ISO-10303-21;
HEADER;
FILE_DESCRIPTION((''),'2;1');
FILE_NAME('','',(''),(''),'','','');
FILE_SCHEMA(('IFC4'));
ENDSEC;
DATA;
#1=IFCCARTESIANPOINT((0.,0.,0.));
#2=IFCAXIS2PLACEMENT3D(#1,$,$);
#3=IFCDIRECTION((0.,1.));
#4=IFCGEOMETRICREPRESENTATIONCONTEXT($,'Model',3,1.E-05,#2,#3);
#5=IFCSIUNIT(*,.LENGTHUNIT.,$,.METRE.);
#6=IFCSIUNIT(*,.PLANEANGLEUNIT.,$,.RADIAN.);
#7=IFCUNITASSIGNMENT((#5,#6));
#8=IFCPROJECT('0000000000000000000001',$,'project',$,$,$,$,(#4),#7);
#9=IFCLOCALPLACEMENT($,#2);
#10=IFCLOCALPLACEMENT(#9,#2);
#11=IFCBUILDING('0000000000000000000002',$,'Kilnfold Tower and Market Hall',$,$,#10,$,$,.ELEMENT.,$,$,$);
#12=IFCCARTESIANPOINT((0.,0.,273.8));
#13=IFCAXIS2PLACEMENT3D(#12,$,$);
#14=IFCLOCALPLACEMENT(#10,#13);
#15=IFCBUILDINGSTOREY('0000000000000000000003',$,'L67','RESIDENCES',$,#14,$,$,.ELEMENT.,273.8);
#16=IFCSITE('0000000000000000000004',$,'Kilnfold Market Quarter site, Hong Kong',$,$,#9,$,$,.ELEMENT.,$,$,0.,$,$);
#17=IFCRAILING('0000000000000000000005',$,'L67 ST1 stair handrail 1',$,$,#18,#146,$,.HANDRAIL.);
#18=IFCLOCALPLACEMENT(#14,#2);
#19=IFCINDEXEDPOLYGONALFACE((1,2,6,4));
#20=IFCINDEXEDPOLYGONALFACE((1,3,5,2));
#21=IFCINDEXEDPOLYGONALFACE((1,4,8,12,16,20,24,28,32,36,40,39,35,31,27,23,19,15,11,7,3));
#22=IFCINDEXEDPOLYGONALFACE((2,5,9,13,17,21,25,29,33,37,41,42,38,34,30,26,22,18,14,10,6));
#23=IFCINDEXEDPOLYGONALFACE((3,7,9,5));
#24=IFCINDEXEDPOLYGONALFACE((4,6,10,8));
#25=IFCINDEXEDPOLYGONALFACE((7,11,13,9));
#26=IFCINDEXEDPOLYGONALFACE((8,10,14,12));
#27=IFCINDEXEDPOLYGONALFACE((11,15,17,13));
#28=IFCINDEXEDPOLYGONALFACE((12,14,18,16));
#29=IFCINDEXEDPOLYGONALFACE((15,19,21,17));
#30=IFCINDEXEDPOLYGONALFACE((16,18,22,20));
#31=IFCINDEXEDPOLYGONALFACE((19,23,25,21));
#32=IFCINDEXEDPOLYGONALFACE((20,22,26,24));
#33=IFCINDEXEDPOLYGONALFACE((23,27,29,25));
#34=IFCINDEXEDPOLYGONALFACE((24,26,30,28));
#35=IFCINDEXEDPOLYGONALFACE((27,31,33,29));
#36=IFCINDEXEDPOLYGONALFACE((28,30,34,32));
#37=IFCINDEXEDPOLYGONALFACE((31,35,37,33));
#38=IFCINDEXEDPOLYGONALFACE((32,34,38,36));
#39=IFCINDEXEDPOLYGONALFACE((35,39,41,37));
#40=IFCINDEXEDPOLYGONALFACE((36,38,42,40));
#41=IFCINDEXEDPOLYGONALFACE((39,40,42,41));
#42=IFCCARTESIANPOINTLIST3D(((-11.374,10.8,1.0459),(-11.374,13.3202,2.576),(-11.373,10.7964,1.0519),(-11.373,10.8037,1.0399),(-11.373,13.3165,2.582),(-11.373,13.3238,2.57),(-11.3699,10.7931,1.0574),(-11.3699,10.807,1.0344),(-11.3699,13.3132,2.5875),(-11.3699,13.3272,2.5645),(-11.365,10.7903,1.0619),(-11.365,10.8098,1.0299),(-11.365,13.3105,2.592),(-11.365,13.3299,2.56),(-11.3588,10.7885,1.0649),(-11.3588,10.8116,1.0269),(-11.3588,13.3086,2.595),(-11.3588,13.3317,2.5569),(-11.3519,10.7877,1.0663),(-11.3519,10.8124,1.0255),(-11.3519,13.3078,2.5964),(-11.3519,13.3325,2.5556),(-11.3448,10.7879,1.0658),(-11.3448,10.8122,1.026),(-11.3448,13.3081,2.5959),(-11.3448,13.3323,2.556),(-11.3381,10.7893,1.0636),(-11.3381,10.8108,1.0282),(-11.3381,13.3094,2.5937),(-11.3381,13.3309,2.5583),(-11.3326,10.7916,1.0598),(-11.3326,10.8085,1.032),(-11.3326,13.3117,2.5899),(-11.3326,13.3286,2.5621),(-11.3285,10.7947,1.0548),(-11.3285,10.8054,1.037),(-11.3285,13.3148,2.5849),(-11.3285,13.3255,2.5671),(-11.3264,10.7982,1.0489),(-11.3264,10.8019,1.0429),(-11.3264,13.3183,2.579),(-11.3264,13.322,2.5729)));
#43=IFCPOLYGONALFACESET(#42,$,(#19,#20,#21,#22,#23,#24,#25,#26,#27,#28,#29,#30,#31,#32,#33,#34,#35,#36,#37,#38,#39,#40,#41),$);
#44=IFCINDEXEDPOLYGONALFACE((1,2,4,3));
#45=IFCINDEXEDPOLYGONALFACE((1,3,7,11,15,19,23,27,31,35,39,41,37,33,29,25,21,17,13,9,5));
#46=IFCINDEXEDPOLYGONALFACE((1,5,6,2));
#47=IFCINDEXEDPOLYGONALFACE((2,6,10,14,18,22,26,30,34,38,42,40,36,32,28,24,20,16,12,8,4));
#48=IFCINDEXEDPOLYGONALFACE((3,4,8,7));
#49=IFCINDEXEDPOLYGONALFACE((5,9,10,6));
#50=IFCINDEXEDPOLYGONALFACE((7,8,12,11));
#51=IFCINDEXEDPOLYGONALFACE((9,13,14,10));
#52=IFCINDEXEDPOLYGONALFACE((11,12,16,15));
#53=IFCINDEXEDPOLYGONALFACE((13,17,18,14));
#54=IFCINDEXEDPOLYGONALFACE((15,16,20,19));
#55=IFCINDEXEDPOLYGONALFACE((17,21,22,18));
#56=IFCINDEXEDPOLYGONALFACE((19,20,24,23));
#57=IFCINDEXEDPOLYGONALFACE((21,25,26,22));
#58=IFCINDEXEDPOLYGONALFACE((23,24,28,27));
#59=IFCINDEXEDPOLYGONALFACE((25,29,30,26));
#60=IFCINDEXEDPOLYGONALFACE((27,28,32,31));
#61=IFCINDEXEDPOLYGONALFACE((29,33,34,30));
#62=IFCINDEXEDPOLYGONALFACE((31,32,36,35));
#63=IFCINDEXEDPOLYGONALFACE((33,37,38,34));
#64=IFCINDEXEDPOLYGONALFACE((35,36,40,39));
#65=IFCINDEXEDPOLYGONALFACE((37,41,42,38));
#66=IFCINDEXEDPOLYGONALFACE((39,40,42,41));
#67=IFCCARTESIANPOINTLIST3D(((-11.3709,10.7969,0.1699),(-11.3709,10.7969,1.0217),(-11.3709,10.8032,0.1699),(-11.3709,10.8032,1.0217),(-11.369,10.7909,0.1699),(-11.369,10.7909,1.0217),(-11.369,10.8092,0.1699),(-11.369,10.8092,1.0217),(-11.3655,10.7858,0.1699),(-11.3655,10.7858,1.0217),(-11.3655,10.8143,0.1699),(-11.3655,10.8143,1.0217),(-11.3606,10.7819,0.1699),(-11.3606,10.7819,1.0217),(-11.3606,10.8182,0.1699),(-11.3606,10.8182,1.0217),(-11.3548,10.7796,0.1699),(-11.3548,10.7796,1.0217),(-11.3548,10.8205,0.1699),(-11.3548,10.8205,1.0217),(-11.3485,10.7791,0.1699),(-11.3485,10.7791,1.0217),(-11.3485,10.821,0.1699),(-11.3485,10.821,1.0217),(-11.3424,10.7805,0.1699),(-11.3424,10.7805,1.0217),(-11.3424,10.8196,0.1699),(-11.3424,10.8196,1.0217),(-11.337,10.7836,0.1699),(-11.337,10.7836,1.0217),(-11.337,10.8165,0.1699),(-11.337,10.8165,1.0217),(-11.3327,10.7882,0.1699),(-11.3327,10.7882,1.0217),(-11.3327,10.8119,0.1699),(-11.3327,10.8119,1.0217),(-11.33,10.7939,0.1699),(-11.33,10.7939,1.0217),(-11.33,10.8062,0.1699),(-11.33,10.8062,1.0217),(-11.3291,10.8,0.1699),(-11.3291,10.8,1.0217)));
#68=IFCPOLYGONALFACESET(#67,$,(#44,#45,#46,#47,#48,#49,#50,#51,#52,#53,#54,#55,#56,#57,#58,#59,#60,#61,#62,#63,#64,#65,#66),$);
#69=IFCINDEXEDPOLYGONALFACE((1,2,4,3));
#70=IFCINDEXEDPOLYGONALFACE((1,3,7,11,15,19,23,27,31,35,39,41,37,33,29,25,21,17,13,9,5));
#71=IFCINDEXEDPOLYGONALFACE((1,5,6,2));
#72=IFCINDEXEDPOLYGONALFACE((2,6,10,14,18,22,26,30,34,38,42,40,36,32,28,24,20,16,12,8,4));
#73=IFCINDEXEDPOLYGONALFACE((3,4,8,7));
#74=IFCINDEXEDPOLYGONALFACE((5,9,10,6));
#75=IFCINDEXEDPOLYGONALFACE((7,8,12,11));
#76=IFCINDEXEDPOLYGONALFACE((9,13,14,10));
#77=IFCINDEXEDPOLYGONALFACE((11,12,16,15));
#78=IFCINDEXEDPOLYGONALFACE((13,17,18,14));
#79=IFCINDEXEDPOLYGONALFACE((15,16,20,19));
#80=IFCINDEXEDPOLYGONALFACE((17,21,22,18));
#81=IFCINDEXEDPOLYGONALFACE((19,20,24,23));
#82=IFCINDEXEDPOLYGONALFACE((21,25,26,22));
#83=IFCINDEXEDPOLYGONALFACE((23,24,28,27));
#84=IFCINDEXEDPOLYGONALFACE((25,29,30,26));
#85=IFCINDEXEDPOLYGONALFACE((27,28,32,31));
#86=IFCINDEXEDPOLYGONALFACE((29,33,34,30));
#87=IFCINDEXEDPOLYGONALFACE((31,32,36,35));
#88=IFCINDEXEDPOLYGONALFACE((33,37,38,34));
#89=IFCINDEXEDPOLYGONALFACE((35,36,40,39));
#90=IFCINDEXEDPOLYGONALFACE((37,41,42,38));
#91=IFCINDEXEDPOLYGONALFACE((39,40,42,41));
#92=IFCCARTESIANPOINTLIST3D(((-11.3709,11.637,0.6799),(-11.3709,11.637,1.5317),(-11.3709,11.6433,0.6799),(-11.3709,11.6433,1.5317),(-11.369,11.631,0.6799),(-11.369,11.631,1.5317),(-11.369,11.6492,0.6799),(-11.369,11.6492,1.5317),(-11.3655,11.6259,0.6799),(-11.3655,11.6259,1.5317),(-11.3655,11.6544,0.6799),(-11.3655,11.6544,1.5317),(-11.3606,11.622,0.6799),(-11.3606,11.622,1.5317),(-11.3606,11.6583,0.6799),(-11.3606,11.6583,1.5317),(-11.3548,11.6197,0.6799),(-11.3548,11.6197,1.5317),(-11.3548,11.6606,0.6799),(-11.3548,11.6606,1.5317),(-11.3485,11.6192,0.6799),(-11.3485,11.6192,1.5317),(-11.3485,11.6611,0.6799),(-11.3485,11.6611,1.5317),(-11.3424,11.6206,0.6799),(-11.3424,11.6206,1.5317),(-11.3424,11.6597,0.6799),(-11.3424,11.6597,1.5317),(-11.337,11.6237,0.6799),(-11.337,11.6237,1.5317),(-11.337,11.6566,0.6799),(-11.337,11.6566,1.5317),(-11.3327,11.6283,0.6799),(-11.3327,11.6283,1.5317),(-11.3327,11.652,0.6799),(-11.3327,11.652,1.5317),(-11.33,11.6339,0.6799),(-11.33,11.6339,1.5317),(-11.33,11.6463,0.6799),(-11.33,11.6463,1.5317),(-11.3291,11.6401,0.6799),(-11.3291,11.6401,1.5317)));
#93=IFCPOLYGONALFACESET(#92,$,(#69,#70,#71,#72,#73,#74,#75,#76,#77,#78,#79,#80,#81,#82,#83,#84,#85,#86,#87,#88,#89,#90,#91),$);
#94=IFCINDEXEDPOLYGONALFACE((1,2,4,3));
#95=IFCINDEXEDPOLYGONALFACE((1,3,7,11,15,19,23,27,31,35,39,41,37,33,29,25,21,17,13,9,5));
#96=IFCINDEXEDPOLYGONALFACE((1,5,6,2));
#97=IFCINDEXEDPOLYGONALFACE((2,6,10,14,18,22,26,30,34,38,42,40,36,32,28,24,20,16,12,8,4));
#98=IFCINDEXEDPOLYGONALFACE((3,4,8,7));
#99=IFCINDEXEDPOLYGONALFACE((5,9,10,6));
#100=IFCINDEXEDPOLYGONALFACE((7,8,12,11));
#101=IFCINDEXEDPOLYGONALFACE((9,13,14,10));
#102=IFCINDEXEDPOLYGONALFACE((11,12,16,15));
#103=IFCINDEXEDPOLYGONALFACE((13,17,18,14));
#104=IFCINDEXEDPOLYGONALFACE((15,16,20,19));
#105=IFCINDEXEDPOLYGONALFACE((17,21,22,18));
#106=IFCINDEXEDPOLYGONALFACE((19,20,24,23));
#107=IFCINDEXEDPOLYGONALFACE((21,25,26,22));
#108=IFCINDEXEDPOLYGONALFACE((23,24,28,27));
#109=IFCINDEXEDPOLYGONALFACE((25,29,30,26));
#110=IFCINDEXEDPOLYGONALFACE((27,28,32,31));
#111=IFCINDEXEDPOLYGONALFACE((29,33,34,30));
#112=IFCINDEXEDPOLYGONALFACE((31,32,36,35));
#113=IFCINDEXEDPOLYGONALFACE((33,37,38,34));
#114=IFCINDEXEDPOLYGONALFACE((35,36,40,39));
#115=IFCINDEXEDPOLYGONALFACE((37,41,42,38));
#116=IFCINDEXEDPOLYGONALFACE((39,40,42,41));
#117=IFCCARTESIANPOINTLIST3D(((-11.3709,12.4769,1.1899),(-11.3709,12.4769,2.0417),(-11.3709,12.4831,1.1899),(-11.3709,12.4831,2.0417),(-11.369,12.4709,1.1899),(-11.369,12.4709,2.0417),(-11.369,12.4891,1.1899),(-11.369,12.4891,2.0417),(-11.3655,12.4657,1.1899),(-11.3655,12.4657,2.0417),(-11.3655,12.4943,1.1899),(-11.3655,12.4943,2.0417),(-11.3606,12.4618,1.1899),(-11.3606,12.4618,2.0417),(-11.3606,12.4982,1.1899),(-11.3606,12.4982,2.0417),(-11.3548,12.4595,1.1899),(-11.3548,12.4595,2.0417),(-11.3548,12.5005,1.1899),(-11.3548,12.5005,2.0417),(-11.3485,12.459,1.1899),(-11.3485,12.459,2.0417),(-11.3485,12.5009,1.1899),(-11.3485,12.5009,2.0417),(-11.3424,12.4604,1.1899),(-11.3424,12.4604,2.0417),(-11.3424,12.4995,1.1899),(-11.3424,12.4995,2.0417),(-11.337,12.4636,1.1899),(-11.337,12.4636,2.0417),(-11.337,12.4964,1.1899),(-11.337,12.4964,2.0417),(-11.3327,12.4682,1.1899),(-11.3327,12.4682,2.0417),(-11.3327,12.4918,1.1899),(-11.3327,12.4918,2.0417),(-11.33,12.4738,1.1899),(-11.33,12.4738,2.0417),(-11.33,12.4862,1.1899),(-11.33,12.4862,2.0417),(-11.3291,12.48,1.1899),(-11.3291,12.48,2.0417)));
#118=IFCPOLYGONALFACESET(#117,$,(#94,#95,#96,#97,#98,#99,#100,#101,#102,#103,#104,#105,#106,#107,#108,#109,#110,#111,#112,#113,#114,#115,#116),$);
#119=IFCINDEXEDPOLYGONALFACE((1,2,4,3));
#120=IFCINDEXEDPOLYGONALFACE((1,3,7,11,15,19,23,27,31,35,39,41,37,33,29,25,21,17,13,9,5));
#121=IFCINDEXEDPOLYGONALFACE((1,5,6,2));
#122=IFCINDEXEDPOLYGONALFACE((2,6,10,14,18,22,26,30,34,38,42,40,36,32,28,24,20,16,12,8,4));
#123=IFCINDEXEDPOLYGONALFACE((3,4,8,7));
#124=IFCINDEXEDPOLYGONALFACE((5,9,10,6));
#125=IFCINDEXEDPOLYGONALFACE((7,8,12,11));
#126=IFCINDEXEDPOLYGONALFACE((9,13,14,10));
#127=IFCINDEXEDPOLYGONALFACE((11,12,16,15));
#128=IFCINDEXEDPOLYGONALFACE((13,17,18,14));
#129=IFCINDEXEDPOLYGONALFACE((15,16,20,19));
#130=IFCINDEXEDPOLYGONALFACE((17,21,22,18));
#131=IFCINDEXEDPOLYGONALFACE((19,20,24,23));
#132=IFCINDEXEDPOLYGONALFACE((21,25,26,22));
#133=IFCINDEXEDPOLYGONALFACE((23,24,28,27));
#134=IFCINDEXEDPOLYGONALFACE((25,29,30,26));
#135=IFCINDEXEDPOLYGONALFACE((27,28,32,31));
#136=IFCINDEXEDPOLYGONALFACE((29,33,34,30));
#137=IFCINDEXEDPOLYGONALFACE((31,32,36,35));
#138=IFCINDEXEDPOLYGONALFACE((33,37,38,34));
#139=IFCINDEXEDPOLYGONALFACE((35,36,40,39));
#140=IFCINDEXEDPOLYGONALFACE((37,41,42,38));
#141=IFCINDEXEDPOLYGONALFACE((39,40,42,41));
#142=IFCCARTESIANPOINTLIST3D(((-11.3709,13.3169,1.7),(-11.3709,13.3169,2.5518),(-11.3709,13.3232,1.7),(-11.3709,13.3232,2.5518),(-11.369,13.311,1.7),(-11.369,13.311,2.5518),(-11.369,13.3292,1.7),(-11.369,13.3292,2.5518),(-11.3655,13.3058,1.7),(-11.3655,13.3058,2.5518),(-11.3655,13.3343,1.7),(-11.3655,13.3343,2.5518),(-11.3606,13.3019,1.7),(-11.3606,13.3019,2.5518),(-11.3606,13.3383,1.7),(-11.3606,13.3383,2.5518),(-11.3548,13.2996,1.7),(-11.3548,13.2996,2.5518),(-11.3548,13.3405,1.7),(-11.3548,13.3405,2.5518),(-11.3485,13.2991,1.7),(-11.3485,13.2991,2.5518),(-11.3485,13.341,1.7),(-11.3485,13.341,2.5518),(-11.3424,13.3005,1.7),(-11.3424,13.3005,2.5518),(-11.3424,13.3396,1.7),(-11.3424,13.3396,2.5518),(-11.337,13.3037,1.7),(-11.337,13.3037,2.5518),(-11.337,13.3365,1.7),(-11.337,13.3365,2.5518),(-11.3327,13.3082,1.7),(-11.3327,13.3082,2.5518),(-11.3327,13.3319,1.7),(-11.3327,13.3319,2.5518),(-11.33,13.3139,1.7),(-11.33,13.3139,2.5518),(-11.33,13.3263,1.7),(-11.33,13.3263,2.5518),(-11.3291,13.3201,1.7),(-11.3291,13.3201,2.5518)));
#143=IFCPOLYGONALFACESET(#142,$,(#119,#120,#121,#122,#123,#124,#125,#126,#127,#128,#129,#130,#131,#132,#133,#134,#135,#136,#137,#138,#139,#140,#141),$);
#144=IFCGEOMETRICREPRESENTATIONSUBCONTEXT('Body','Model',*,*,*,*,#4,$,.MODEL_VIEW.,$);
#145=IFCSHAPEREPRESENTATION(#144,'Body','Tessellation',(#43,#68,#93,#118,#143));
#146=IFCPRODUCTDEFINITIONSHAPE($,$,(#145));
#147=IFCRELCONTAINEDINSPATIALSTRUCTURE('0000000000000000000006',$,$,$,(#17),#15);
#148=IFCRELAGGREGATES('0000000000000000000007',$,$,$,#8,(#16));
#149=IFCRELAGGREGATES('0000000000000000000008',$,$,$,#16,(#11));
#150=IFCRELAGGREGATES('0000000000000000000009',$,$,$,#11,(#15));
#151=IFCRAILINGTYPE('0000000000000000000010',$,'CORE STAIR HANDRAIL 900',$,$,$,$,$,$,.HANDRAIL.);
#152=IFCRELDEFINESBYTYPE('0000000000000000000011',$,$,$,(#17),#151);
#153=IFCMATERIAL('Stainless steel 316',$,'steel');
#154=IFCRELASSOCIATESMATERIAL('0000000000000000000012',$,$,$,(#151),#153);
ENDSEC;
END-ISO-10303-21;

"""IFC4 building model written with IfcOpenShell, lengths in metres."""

from ifc_helpers import new_model, si_unit, direction, frame, origin, origin_2d, place, context, subcontext, project, spatial, circle, extrude, material, type_object, element, save


model = new_model("IFC4")

# Units and contexts
model_context = context("Model", 3, precision=1e-05, world=origin(), true_north=direction((0.0, 1.0)))
body_context = subcontext(model_context, "Body", "Model", "MODEL_VIEW")
ifc_project = project(units=[si_unit("LENGTHUNIT", "METRE"), si_unit("PLANEANGLEUNIT", "RADIAN")], contexts=[model_context])

# Site, building, storey
site_placement = place(None, origin())
site = spatial("IfcSite", under=ifc_project, at=site_placement, Name="Kilnfold Market Quarter site, Hong Kong", CompositionType="ELEMENT", RefElevation=0.0)
building_placement = place(site_placement, origin())
building = spatial("IfcBuilding", under=site, at=building_placement, Name="Kilnfold Tower and Market Hall", CompositionType="ELEMENT")
storey_placement = place(building_placement, frame((0.0, 0.0, 273.8)))
storey = spatial("IfcBuildingStorey", under=building, at=storey_placement, Name="L67", Description="RESIDENCES", CompositionType="ELEMENT", Elevation=273.8)

# Railing
ifc_material_1 = material(Name="Stainless steel 316", Category="steel")
railing_type_1 = type_object("IfcRailingType", Name="CORE STAIR HANDRAIL 900", PredefinedType="HANDRAIL", material=ifc_material_1)
railing_1_placement = place(storey_placement, frame((-11.3501, 10.8, 0.1699)))
element("IfcRailing", 1, at=railing_1_placement, inside=storey, type_object=railing_type_1, Name="L67 ST1 stair handrail 1", PredefinedType="HANDRAIL", context=body_context, shape_type="SweptSolid", body=[
    extrude(circle(Radius=0.0239, at=origin_2d()), frame((0.0, 0.0, 0.876), z_axis=(0.0, 0.854785, 0.518982), x_axis=(-1.0, 0.0, 0.0)), (0.0, 0.0, 1.0), 2.9482),
    extrude(circle(Radius=0.021, at=origin_2d()), origin(), (0.0, 0.0, 1.0), 0.8518),
    extrude(circle(Radius=0.021, at=origin_2d()), frame((0.0, 0.8401, 0.51)), (0.0, 0.0, 1.0), 0.8518),
    extrude(circle(Radius=0.021, at=origin_2d()), frame((0.0, 1.6799, 1.02)), (0.0, 0.0, 1.0), 0.8518),
    extrude(circle(Radius=0.021, at=origin_2d()), frame((0.0, 2.52, 1.53)), (0.0, 0.0, 1.0), 0.8518),
])

save(model, "model.ifc")
